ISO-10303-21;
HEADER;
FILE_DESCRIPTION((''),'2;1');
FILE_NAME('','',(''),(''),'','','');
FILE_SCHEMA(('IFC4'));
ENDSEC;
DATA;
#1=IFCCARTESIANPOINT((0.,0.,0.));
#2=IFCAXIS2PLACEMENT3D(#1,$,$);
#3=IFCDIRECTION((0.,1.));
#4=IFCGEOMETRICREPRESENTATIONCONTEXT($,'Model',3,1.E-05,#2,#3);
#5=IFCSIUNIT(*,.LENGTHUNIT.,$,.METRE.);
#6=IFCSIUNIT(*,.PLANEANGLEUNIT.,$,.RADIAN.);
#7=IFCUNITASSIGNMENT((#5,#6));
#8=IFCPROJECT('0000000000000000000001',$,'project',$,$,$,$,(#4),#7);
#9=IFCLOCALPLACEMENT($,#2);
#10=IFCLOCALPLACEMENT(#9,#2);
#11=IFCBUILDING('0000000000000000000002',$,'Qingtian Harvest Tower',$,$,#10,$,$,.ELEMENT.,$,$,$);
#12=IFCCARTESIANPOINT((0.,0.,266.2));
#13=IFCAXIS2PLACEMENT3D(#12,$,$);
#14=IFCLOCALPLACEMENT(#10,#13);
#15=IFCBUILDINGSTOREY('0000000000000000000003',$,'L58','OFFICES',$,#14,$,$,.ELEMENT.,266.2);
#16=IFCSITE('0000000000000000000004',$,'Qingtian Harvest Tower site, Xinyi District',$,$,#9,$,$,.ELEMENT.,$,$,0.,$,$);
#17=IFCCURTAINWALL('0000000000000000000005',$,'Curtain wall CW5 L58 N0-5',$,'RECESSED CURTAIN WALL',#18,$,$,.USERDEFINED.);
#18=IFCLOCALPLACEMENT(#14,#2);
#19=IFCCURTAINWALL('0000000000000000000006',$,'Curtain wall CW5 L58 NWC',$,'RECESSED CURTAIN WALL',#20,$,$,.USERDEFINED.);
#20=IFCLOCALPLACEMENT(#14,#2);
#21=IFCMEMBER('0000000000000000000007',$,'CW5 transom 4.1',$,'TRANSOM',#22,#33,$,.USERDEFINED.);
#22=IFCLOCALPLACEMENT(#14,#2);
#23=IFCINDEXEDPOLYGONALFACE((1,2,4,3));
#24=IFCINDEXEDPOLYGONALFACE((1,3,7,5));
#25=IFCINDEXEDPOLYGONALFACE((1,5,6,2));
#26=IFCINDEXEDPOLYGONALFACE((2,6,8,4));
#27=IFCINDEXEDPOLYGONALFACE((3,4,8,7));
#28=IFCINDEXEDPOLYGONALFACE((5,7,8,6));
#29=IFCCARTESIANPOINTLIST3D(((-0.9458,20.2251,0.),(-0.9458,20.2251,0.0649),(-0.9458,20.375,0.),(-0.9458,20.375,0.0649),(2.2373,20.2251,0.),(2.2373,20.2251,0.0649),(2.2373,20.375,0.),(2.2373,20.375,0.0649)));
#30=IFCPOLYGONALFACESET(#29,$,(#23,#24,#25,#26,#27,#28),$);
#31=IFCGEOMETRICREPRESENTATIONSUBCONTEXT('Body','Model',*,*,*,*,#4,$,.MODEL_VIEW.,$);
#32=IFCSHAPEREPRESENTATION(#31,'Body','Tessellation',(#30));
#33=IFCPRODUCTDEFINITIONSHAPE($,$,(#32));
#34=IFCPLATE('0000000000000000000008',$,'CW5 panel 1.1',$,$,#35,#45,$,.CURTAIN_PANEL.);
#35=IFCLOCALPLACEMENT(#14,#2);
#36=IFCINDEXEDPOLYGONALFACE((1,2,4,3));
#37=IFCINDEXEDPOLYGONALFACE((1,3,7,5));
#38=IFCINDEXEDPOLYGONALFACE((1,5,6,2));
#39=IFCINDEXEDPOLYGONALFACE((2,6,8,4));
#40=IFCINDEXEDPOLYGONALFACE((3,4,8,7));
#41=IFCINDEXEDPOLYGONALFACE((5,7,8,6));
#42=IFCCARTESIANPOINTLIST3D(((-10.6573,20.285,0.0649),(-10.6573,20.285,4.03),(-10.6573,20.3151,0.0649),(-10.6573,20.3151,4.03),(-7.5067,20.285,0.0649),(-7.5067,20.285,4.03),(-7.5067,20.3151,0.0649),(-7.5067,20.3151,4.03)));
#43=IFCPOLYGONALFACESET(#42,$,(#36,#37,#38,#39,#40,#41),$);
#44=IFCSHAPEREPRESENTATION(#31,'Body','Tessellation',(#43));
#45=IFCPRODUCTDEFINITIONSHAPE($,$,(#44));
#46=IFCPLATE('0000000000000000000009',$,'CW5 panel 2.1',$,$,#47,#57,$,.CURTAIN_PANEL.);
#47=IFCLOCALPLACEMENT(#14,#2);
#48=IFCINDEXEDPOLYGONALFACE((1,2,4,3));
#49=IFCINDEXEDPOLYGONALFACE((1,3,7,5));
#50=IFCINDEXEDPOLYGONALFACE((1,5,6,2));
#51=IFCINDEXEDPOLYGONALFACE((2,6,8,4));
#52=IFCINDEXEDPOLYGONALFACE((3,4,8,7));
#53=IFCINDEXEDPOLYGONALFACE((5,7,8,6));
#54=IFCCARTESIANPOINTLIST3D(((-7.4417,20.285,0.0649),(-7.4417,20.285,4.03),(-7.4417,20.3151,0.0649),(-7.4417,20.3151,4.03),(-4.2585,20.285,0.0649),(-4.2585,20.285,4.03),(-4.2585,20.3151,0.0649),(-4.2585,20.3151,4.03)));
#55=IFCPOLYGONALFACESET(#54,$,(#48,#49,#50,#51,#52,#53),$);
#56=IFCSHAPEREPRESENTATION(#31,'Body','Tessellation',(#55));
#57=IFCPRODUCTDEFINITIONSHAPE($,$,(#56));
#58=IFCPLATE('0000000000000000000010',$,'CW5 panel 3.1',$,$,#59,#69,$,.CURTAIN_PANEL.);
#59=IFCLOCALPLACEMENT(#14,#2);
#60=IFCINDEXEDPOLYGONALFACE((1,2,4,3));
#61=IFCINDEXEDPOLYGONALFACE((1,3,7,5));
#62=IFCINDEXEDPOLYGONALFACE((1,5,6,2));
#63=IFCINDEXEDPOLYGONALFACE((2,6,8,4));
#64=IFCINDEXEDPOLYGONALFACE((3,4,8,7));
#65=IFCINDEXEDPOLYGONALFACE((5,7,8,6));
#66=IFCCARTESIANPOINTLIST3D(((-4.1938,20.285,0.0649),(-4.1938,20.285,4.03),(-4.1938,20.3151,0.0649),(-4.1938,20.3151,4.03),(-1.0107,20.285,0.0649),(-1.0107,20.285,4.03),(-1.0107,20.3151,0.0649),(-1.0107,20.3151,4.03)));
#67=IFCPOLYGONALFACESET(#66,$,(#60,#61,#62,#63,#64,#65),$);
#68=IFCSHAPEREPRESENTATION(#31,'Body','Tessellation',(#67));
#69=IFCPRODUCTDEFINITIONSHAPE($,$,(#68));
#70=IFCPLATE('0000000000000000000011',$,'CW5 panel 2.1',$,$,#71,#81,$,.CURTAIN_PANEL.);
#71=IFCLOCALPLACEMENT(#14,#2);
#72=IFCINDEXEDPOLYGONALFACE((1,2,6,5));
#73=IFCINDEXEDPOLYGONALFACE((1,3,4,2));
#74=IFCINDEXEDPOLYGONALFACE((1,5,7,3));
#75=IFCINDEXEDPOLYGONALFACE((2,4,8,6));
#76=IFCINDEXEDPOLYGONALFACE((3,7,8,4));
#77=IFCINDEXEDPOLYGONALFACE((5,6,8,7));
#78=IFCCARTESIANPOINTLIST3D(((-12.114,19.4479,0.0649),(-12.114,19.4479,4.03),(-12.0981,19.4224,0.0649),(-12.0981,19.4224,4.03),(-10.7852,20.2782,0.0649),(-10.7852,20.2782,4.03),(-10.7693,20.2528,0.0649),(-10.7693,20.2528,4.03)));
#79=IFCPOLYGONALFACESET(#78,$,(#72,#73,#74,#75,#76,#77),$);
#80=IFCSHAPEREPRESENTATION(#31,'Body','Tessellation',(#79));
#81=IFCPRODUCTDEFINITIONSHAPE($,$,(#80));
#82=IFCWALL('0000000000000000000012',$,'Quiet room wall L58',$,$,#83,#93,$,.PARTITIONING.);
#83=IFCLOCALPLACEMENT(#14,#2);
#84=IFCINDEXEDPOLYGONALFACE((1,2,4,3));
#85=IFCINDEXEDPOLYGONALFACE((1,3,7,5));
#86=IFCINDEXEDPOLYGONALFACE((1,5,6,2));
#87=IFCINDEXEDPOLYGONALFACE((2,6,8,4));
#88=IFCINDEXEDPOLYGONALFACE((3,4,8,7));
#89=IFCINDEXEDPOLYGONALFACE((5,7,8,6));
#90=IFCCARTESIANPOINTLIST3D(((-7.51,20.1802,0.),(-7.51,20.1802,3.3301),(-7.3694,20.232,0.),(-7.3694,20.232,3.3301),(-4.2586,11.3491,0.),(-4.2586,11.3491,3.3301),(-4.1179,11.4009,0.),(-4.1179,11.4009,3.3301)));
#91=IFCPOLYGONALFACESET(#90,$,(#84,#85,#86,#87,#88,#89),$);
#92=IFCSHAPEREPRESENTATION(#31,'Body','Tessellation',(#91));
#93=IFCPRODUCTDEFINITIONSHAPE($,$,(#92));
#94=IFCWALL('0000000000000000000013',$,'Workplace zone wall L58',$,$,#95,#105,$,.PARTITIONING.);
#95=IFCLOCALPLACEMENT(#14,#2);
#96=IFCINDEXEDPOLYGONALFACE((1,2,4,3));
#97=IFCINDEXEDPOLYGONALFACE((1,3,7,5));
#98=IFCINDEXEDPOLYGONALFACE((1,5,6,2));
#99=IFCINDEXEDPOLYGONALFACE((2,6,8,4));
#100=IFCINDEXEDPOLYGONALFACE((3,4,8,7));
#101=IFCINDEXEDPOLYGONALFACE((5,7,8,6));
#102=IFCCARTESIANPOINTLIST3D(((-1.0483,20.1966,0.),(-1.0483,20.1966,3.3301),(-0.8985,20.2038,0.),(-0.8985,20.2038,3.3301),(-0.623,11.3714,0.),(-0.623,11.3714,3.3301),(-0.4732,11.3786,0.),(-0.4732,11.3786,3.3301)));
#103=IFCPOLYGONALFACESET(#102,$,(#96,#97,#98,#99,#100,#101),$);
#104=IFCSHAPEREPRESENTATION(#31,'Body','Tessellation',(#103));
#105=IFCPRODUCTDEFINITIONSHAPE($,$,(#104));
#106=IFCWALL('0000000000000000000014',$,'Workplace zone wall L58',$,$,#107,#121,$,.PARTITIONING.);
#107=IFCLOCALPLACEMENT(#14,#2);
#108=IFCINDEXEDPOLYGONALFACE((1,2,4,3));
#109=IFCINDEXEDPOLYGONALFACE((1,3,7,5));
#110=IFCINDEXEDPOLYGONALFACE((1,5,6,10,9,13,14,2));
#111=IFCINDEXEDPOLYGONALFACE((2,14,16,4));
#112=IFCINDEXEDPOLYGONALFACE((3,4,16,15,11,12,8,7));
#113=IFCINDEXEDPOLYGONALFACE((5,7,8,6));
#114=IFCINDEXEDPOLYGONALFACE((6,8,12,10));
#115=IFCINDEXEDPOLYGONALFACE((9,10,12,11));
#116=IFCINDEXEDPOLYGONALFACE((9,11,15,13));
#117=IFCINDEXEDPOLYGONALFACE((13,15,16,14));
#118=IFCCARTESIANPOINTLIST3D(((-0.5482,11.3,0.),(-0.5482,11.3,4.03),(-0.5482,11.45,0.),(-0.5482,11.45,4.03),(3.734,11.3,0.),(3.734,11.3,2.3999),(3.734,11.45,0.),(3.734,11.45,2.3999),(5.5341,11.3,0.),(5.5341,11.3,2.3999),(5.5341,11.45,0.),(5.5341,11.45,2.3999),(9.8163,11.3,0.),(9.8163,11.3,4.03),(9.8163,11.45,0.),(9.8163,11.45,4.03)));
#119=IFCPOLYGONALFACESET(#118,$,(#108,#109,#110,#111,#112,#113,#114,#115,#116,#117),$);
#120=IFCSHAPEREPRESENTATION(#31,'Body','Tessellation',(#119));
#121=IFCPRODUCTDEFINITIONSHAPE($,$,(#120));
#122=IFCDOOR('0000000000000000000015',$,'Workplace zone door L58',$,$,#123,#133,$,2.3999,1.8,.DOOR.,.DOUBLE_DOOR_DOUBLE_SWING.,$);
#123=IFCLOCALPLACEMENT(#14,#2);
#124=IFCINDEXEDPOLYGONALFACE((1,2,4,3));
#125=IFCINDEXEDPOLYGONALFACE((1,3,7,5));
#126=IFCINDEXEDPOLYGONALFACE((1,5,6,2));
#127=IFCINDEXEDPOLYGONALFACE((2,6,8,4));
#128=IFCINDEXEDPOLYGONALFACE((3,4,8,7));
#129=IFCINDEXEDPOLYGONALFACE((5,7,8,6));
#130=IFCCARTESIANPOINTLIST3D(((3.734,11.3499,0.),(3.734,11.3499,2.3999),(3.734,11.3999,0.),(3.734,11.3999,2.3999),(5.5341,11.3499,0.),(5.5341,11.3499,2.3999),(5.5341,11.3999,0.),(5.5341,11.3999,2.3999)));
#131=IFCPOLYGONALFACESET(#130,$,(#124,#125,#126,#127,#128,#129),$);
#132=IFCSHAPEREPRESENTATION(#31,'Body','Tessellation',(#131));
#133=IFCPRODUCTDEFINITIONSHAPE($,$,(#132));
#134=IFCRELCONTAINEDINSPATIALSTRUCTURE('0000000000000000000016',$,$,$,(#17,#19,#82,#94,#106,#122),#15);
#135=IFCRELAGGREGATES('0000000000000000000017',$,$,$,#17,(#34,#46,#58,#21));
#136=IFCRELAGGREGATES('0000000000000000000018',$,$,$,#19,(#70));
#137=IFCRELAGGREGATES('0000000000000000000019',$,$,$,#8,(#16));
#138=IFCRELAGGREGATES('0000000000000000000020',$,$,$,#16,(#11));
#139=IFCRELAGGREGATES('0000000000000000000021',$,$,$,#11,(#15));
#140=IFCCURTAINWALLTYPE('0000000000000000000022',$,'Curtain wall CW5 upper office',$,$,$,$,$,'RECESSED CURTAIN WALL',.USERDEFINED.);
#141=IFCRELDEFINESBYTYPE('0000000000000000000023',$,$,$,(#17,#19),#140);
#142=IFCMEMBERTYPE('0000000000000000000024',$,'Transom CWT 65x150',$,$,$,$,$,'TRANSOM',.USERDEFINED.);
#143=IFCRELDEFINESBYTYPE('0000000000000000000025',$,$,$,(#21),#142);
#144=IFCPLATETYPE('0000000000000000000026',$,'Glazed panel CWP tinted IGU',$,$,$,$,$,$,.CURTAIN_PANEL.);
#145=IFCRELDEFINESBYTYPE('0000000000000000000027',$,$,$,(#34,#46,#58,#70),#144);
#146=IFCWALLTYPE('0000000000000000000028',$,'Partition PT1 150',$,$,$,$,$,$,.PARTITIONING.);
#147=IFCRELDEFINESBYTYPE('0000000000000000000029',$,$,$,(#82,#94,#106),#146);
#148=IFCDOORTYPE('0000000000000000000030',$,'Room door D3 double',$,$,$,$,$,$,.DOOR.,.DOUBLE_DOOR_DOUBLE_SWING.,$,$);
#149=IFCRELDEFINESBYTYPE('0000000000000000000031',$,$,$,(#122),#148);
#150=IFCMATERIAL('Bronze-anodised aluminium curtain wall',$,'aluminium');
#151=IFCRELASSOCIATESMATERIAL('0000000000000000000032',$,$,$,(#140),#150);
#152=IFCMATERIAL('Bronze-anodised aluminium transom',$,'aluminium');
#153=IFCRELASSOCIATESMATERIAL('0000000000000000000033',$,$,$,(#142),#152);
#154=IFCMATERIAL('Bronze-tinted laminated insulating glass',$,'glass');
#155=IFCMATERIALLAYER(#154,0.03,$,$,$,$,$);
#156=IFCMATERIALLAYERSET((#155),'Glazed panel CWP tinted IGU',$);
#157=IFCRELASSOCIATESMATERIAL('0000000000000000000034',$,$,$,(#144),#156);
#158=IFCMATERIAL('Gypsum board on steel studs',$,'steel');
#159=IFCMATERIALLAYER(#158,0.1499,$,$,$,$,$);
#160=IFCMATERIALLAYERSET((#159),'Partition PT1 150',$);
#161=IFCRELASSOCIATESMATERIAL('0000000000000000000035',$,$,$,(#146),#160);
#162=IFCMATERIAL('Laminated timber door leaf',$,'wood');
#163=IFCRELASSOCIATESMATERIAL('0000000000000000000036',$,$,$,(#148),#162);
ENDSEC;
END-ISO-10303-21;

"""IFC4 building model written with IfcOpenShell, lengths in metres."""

from ifc_helpers import new_model, si_unit, direction, frame, frame_2d, origin, origin_2d, place, context, subcontext, project, spatial, rectangle, extrude, material, layer, layer_set, material_profile, profile_set, type_object, element, fill, aggregate, save


model = new_model("IFC4")

# Units and contexts
model_context = context("Model", 3, precision=1e-05, world=origin(), true_north=direction((0.0, 1.0)))
body_context = subcontext(model_context, "Body", "Model", "MODEL_VIEW")
ifc_project = project(units=[si_unit("LENGTHUNIT", "METRE"), si_unit("PLANEANGLEUNIT", "RADIAN")], contexts=[model_context])

# Site, building, storey
site_placement = place(None, origin())
site = spatial("IfcSite", under=ifc_project, at=site_placement, Name="Qingtian Harvest Tower site, Xinyi District", CompositionType="ELEMENT", RefElevation=0.0)
building_placement = place(site_placement, origin())
building = spatial("IfcBuilding", under=site, at=building_placement, Name="Qingtian Harvest Tower", CompositionType="ELEMENT")
storey_placement = place(building_placement, frame((0.0, 0.0, 266.2)))
storey = spatial("IfcBuildingStorey", under=building, at=storey_placement, Name="L58", Description="OFFICES", CompositionType="ELEMENT", Elevation=266.2)

# Curtain wall
ifc_material_1 = material(Name="Bronze-anodised aluminium curtain wall", Category="aluminium")
curtain_wall_type = type_object("IfcCurtainWallType", Name="Curtain wall CW5 upper office", ElementType="RECESSED CURTAIN WALL", PredefinedType="USERDEFINED", material=ifc_material_1)
curtain_wall_1_placement = place(storey_placement, origin())
curtain_wall_1 = element("IfcCurtainWall", 1, at=curtain_wall_1_placement, inside=storey, type_object=curtain_wall_type, Name="Curtain wall CW5 L58 N0-5", ObjectType="RECESSED CURTAIN WALL", PredefinedType="USERDEFINED")

# Curtain wall
curtain_wall_2_placement = place(storey_placement, origin())
curtain_wall_2 = element("IfcCurtainWall", 2, at=curtain_wall_2_placement, inside=storey, type_object=curtain_wall_type, Name="Curtain wall CW5 L58 NWC", ObjectType="RECESSED CURTAIN WALL", PredefinedType="USERDEFINED")

# Member
ifc_material_2 = material(Name="Bronze-anodised aluminium transom", Category="aluminium")
ifc_material_profile_1 = material_profile(ifc_material_2, rectangle(XDim=0.1499, YDim=0.0649, at=origin_2d()), Name="AL 65x150")
ifc_profile_set_1 = profile_set([ifc_material_profile_1], Name="Bronze-anodised aluminium transom")
member_type_1 = type_object("IfcMemberType", Name="Transom CWT 65x150", ElementType="TRANSOM", PredefinedType="USERDEFINED", material=ifc_profile_set_1)
member_1_placement = place(storey_placement, frame((-0.9458, 20.3, 0.0325), z_axis=(1.0, 0.0, 0.0), x_axis=(0.0, 1.0, 0.0)))
member_1 = element("IfcMember", 3, at=member_1_placement, type_object=member_type_1, Name="CW5 transom 4.1", ObjectType="TRANSOM", PredefinedType="USERDEFINED", context=body_context, shape_type="SweptSolid", body=[
    extrude(rectangle(XDim=0.1499, YDim=0.0649, at=origin_2d()), origin(), (0.0, 0.0, 1.0), 3.1831),
])

# Plates
ifc_material_3 = material(Name="Bronze-tinted laminated insulating glass", Category="glass")
ifc_layer_1 = layer(ifc_material_3, 0.03)
ifc_layer_set_1 = layer_set([ifc_layer_1], Name="Glazed panel CWP tinted IGU")
plate_type = type_object("IfcPlateType", Name="Glazed panel CWP tinted IGU", PredefinedType="CURTAIN_PANEL", material=ifc_layer_set_1)
plate_1_placement = place(storey_placement, frame((-9.082, 20.3, 0.0649), z_axis=(0.0, 0.0, 1.0), x_axis=(1.0, 0.0, 0.0)))
plate_1 = element("IfcPlate", 4, at=plate_1_placement, type_object=plate_type, Name="CW5 panel 1.1", PredefinedType="CURTAIN_PANEL", context=body_context, shape_type="SweptSolid", body=[
    extrude(rectangle(XDim=3.1506, YDim=0.03, at=origin_2d()), origin(), (0.0, 0.0, 1.0), 3.9651),
])
plate_2_placement = place(storey_placement, frame((-5.8501, 20.3, 0.0649), z_axis=(0.0, 0.0, 1.0), x_axis=(1.0, 0.0, 0.0)))
plate_2 = element("IfcPlate", 5, at=plate_2_placement, type_object=plate_type, Name="CW5 panel 2.1", PredefinedType="CURTAIN_PANEL", context=body_context, shape_type="SweptSolid", body=[
    extrude(rectangle(XDim=3.1831, YDim=0.03, at=origin_2d()), origin(), (0.0, 0.0, 1.0), 3.9651),
])
plate_3_placement = place(storey_placement, frame((-2.6023, 20.3, 0.0649), z_axis=(0.0, 0.0, 1.0), x_axis=(1.0, 0.0, 0.0)))
plate_3 = element("IfcPlate", 6, at=plate_3_placement, type_object=plate_type, Name="CW5 panel 3.1", PredefinedType="CURTAIN_PANEL", context=body_context, shape_type="SweptSolid", body=[
    extrude(rectangle(XDim=3.1831, YDim=0.03, at=origin_2d()), origin(), (0.0, 0.0, 1.0), 3.9651),
])
aggregate(curtain_wall_1, [plate_1, plate_2, plate_3, member_1])
plate_4_placement = place(storey_placement, frame((-11.4417, 19.8503, 0.0649), z_axis=(0.0, 0.0, 1.0), x_axis=(0.848048, 0.529919, 0.0)))
plate_4 = element("IfcPlate", 7, at=plate_4_placement, type_object=plate_type, Name="CW5 panel 2.1", PredefinedType="CURTAIN_PANEL", context=body_context, shape_type="SweptSolid", body=[
    extrude(rectangle(XDim=1.5669, YDim=0.03, at=origin_2d()), origin(), (0.0, 0.0, 1.0), 3.9651),
])
aggregate(curtain_wall_2, [plate_4])

# Walls
ifc_material_4 = material(Name="Gypsum board on steel studs", Category="steel")
ifc_layer_2 = layer(ifc_material_4, 0.1499)
ifc_layer_set_2 = layer_set([ifc_layer_2], Name="Partition PT1 150")
wall_type = type_object("IfcWallType", Name="Partition PT1 150", PredefinedType="PARTITIONING", material=ifc_layer_set_2)
wall_1_placement = place(storey_placement, frame((-7.4397, 20.2061, 0.0), z_axis=(0.0, 0.0, 1.0), x_axis=(0.345511, -0.938415, 0.0)))
element("IfcWall", 8, at=wall_1_placement, inside=storey, type_object=wall_type, Name="Quiet room wall L58", PredefinedType="PARTITIONING", context=body_context, shape_type="SweptSolid", body=[
    extrude(rectangle(XDim=9.4106, YDim=0.1499, at=frame_2d((4.7053, 0.0))), origin(), (0.0, 0.0, 1.0), 3.3301),
])
wall_2_placement = place(storey_placement, frame((-0.9734, 20.2002, 0.0), z_axis=(0.0, 0.0, 1.0), x_axis=(0.048135, -0.998841, 0.0)))
element("IfcWall", 9, at=wall_2_placement, inside=storey, type_object=wall_type, Name="Workplace zone wall L58", PredefinedType="PARTITIONING", context=body_context, shape_type="SweptSolid", body=[
    extrude(rectangle(XDim=8.8354, YDim=0.1499, at=frame_2d((4.4177, 0.0))), origin(), (0.0, 0.0, 1.0), 3.3301),
])

# Wall, opening, door
wall_3_placement = place(storey_placement, frame((-0.5481, 11.375, 0.0), z_axis=(0.0, 0.0, 1.0), x_axis=(1.0, 0.0, 0.0)))
wall_3 = element("IfcWall", 10, at=wall_3_placement, inside=storey, type_object=wall_type, Name="Workplace zone wall L58", PredefinedType="PARTITIONING", context=body_context, shape_type="SweptSolid", body=[
    extrude(rectangle(XDim=10.3645, YDim=0.1499, at=frame_2d((5.1821, 0.0))), origin(), (0.0, 0.0, 1.0), 4.03),
])
opening_placement = place(wall_3_placement, frame((4.2822, 0.0, 0.0)))
opening = element("IfcOpeningElement", 11, at=opening_placement, cuts=wall_3, PredefinedType="OPENING", context=body_context, shape_type="SweptSolid", body=[
    extrude(rectangle(XDim=1.8, YDim=2.3999, at=frame_2d((0.8999, 1.2))), frame((0.0, 0.085, 0.0), z_axis=(0.0, -1.0, 0.0), x_axis=(1.0, 0.0, 0.0)), (0.0, 0.0, 1.0), 0.1699),
])
ifc_material_5 = material(Name="Laminated timber door leaf", Category="wood")
door_type = type_object("IfcDoorType", Name="Room door D3 double", OperationType="DOUBLE_DOOR_DOUBLE_SWING", PredefinedType="DOOR", material=ifc_material_5)
door_placement = place(opening_placement, origin())
door = element("IfcDoor", 12, at=door_placement, inside=storey, type_object=door_type, Name="Workplace zone door L58", OperationType="DOUBLE_DOOR_DOUBLE_SWING", OverallHeight=2.3999, OverallWidth=1.8, PredefinedType="DOOR", context=body_context, shape_type="SweptSolid", body=[
    extrude(rectangle(XDim=1.8, YDim=2.3999, at=frame_2d((0.8999, 1.2))), frame((0.0, 0.0249, 0.0), z_axis=(0.0, -1.0, 0.0), x_axis=(1.0, 0.0, 0.0)), (0.0, 0.0, 1.0), 0.05),
])
fill(opening, door)

save(model, "model.ifc")
